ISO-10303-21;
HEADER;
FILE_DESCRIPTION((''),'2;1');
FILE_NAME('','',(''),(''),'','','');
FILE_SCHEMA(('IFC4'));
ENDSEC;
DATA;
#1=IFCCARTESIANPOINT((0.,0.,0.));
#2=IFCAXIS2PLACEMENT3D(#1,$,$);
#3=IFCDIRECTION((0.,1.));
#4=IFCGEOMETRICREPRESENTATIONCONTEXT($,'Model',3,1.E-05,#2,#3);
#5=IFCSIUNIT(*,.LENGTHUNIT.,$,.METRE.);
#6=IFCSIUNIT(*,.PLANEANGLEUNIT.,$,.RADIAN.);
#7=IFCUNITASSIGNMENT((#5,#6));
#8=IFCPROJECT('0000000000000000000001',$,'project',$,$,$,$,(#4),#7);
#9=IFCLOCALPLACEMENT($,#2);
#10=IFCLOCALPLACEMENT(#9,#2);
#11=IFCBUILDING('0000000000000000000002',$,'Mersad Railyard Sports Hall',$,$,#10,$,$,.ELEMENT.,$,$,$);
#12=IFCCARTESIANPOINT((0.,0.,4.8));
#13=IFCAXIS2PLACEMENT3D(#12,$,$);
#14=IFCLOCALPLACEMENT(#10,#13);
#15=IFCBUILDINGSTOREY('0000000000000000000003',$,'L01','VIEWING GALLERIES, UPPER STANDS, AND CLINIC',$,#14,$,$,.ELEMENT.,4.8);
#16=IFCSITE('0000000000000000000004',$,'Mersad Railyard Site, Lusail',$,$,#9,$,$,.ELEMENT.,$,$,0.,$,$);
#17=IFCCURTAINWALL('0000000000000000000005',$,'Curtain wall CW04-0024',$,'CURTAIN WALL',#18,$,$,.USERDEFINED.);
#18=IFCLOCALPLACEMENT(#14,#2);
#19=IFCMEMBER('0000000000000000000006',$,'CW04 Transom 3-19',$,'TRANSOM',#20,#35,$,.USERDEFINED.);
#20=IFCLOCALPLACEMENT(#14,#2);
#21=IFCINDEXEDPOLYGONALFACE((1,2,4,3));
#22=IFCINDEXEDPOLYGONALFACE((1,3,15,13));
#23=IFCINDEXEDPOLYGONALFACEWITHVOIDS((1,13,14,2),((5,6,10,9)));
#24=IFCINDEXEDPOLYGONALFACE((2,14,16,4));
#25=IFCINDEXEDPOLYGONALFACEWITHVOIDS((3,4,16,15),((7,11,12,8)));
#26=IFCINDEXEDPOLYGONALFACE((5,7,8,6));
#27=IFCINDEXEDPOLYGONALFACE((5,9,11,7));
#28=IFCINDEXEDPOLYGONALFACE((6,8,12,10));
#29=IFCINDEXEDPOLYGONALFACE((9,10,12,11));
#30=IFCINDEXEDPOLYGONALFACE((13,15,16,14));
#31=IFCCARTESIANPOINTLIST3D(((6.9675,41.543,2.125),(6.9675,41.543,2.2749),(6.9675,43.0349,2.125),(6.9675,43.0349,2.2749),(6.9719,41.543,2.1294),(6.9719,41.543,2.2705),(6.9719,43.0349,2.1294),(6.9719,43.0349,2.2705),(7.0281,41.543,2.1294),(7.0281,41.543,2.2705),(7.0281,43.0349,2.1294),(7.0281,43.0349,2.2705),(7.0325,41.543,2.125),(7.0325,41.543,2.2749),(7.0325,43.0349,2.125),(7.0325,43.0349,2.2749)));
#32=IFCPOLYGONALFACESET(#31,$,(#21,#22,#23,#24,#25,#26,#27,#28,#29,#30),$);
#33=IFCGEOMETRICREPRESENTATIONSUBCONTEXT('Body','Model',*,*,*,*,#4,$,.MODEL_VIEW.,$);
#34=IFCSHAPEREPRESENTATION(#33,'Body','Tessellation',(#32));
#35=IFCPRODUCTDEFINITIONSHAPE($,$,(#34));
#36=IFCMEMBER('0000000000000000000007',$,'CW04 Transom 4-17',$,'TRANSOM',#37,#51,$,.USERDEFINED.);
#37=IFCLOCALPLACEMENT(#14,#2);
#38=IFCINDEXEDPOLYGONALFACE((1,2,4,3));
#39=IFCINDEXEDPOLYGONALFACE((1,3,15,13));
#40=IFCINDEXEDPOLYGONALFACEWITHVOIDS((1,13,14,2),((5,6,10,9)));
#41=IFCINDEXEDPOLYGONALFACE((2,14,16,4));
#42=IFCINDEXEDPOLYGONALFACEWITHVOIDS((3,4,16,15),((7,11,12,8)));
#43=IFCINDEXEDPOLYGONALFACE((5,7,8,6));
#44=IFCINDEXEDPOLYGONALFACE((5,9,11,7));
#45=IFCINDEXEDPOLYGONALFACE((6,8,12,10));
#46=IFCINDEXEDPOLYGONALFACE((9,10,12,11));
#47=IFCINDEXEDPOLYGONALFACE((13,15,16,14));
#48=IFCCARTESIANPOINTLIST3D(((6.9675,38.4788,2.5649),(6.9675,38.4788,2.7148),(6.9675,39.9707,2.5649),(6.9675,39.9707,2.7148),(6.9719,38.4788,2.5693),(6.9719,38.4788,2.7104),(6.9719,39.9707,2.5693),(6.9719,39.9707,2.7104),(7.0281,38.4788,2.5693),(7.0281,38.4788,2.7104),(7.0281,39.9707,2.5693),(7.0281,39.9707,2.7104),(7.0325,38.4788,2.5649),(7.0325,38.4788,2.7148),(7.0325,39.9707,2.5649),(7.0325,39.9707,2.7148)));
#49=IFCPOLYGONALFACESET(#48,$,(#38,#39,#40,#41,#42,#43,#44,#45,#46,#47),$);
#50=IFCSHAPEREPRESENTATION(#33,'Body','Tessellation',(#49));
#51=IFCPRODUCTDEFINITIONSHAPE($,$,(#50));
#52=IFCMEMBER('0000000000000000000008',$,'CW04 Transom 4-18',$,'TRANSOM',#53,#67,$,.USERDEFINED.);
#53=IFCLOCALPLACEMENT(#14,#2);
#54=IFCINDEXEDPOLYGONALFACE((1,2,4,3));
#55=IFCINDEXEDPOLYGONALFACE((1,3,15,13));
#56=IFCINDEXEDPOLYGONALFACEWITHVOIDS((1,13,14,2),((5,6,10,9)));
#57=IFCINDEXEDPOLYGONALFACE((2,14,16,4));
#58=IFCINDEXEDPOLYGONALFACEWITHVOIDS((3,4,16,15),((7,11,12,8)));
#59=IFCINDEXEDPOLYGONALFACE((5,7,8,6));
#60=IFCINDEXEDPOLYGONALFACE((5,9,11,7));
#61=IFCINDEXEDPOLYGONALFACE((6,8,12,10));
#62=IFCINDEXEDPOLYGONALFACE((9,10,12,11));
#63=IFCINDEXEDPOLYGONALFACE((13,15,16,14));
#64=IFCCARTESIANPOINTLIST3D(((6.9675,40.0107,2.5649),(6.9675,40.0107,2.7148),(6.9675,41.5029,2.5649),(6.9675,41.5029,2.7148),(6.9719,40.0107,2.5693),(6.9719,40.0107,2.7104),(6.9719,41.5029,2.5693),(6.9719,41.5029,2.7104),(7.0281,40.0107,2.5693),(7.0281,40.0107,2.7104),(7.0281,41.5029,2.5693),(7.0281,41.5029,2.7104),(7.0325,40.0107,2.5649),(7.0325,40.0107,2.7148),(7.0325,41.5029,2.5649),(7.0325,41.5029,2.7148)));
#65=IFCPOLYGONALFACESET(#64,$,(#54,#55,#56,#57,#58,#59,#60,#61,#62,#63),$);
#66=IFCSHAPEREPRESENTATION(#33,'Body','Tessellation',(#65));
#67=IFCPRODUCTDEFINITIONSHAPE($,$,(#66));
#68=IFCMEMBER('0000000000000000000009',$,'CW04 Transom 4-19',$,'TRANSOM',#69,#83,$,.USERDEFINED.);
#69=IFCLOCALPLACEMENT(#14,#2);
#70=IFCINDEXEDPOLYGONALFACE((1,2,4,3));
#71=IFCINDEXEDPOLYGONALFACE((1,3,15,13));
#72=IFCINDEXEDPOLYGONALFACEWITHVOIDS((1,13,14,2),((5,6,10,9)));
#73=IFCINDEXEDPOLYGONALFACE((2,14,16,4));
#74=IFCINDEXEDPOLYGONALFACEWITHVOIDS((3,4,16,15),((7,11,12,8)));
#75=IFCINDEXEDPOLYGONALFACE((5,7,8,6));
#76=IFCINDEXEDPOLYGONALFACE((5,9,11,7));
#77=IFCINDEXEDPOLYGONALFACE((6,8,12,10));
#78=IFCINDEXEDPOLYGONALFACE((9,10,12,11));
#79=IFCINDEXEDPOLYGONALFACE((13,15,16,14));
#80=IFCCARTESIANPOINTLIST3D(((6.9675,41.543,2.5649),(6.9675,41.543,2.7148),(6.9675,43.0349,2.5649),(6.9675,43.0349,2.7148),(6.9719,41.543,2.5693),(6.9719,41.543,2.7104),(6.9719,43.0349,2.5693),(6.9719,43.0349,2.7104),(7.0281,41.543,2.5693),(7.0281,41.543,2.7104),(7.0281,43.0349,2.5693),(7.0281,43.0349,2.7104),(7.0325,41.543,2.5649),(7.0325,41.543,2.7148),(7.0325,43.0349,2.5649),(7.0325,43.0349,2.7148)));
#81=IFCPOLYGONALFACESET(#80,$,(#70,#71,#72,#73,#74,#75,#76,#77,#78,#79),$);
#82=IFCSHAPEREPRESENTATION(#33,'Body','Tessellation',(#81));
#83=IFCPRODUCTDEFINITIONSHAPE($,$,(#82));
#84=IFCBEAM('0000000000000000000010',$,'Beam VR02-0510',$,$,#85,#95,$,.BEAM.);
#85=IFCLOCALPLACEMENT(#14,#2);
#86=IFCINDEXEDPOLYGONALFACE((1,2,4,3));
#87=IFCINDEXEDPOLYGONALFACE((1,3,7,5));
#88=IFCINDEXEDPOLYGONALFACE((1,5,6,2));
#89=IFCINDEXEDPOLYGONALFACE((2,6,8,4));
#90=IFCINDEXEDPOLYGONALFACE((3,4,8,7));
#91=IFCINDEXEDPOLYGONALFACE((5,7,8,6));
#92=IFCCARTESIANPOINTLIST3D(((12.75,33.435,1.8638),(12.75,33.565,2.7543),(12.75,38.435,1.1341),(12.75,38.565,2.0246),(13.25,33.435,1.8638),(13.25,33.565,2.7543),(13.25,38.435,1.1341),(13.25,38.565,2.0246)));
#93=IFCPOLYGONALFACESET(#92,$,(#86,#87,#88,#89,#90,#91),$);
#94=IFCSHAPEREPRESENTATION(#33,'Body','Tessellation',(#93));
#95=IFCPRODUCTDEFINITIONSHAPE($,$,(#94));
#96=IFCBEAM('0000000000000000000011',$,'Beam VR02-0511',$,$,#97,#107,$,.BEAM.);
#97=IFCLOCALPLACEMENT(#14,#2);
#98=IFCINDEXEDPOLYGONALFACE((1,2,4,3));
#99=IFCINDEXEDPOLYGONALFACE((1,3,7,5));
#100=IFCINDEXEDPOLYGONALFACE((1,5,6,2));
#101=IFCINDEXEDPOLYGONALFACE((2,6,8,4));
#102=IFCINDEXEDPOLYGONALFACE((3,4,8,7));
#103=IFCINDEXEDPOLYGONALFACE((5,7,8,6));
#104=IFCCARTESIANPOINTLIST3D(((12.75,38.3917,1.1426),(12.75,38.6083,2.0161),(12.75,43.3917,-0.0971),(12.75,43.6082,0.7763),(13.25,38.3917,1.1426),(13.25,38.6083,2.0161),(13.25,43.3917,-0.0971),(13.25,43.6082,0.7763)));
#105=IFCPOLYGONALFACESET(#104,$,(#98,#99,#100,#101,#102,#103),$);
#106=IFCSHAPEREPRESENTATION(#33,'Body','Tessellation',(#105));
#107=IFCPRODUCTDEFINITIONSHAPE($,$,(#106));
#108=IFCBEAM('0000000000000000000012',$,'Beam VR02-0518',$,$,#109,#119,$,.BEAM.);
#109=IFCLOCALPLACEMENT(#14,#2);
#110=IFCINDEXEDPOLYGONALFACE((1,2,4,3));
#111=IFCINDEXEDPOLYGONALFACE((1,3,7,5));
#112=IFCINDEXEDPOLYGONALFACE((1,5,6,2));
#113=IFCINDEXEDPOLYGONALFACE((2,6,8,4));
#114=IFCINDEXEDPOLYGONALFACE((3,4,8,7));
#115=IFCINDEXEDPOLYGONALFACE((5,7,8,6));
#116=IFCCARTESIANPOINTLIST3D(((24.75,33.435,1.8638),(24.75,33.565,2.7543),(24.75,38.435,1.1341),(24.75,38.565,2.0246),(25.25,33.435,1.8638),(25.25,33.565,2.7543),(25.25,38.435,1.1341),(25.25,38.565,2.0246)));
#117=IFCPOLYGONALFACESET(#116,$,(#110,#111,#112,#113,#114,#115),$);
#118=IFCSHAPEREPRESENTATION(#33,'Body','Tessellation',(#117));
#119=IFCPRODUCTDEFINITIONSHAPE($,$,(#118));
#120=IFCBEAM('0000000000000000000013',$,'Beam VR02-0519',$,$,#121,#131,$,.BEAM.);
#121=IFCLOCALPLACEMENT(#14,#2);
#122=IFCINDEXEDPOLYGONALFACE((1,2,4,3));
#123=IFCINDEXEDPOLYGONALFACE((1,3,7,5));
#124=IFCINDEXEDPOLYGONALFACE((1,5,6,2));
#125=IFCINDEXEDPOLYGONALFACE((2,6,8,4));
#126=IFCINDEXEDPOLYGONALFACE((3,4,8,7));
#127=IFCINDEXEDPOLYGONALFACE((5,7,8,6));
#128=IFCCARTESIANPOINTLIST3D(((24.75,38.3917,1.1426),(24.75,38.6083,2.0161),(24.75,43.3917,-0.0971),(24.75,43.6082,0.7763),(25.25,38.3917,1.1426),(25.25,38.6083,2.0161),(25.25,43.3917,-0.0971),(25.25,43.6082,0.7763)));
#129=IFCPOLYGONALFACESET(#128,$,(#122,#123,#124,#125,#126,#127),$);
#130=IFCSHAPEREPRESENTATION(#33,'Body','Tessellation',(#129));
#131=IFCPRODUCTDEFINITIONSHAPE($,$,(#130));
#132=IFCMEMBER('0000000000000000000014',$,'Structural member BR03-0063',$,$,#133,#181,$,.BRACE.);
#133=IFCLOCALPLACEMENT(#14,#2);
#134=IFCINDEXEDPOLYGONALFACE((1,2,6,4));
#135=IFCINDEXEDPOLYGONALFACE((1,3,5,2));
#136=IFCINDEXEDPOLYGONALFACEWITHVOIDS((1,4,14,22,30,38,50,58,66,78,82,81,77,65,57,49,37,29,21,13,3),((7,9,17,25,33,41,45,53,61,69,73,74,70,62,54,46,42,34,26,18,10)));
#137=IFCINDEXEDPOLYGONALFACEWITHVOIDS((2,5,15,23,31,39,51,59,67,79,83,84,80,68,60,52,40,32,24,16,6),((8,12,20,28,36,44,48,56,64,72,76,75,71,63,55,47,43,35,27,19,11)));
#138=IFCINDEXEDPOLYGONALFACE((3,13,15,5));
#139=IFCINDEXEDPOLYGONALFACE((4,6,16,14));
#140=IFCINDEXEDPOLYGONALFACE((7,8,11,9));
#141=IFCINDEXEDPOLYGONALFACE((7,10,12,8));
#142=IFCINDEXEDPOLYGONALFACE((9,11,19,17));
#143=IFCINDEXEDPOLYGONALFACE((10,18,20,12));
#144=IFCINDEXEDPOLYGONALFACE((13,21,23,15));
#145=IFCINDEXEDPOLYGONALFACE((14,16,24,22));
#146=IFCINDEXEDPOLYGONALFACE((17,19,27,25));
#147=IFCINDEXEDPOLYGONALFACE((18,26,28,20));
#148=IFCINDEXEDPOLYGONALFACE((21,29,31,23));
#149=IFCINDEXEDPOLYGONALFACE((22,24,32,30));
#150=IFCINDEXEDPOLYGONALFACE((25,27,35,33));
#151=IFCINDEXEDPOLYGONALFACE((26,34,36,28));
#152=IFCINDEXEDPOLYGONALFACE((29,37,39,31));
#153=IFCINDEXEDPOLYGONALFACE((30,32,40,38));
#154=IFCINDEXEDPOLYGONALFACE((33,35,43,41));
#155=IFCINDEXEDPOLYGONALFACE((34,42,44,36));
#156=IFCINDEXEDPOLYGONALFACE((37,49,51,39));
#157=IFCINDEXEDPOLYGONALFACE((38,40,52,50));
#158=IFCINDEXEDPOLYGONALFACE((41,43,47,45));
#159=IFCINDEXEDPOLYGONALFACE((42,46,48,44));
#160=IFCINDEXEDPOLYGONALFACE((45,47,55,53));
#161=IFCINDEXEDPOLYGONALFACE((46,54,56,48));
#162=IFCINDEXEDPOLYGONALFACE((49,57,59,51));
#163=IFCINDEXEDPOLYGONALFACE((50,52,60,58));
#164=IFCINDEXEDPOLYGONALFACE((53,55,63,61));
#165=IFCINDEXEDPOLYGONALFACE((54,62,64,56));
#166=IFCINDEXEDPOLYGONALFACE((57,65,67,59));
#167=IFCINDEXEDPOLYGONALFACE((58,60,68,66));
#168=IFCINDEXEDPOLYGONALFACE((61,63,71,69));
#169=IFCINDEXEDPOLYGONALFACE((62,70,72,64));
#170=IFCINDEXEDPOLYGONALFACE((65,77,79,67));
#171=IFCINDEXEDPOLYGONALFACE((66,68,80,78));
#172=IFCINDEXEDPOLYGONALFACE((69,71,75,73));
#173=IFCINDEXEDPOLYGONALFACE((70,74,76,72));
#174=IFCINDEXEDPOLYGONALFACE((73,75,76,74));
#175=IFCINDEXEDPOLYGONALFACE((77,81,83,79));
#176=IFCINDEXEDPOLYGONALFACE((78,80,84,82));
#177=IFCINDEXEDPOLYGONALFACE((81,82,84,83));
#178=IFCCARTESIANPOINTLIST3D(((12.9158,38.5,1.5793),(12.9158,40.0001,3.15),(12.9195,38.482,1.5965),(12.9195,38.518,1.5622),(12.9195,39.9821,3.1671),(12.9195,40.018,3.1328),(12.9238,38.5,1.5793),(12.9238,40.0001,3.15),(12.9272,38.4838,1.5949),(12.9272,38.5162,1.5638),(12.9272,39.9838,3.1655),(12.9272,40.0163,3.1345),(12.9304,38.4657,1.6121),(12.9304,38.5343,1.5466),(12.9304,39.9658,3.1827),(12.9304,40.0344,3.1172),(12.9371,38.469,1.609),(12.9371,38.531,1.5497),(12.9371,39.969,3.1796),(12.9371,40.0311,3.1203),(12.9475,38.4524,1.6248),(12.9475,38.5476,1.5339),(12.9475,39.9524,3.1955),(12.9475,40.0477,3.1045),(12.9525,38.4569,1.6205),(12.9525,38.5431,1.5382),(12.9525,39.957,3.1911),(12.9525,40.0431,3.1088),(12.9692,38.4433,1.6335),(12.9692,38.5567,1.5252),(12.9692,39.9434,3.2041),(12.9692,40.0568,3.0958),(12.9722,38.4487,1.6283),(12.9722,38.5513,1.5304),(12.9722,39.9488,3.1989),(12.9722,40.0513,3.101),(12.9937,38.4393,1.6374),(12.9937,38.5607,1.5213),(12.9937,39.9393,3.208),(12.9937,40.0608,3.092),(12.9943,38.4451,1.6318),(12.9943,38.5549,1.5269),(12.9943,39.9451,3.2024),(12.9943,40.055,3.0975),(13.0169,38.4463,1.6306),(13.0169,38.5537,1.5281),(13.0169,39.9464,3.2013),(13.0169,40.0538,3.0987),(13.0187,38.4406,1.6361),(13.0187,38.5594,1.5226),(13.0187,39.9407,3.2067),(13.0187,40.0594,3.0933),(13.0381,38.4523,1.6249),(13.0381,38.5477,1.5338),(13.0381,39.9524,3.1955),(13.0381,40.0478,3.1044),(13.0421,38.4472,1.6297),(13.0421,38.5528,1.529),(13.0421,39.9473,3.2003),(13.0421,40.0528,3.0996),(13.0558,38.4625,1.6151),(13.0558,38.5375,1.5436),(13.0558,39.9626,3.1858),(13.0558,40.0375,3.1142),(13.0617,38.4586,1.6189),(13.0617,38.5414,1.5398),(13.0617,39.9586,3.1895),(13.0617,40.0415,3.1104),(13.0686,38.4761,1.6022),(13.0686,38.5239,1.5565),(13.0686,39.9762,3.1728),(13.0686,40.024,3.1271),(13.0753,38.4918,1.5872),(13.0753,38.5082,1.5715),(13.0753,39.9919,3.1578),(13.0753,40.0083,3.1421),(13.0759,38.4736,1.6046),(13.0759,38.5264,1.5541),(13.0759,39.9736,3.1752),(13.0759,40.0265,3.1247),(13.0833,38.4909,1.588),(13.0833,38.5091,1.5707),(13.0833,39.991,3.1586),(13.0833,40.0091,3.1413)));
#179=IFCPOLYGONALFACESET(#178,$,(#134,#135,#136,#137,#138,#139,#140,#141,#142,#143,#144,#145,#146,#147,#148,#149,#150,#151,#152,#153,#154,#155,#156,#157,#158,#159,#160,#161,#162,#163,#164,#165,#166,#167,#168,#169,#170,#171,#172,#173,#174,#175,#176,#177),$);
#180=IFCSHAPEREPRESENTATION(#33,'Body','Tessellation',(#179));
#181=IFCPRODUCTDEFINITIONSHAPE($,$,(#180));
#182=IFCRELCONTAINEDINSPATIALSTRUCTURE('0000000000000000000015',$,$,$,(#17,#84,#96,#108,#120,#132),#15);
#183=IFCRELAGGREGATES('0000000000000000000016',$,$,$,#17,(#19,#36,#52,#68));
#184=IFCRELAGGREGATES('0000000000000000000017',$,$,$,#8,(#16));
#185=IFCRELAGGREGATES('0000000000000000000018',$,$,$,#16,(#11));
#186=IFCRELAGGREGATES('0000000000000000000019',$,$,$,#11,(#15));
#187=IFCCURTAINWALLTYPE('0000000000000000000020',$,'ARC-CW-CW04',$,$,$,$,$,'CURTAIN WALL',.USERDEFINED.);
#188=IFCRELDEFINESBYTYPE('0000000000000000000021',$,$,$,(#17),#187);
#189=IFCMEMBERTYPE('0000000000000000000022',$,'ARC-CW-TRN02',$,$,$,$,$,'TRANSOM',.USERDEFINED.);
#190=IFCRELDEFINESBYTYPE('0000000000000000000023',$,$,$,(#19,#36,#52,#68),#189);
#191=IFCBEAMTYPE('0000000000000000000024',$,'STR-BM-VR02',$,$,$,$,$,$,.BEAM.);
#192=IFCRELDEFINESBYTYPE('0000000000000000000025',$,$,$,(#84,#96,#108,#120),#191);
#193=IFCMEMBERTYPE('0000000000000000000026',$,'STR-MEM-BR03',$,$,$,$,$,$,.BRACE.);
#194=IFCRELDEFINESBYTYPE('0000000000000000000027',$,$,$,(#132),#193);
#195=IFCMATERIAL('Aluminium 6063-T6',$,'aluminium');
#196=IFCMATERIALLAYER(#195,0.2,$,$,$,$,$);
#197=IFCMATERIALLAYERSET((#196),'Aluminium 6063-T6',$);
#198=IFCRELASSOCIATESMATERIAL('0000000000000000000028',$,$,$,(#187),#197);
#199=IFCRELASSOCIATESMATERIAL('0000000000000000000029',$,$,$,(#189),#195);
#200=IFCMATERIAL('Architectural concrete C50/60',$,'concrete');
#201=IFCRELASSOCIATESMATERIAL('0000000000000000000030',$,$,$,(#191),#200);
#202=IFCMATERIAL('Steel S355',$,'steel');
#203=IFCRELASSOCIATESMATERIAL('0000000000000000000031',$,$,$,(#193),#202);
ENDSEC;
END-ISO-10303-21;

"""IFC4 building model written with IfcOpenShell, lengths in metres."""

from ifc_helpers import new_model, si_unit, direction, frame, origin, origin_2d, place, context, subcontext, project, spatial, rectangle, hollow_rectangle, hollow_circle, extrude, material, layer, layer_set, material_profile, profile_set, type_object, element, aggregate, save


model = new_model("IFC4")

# Units and contexts
model_context = context("Model", 3, precision=1e-05, world=origin(), true_north=direction((0.0, 1.0)))
body_context = subcontext(model_context, "Body", "Model", "MODEL_VIEW")
ifc_project = project(units=[si_unit("LENGTHUNIT", "METRE"), si_unit("PLANEANGLEUNIT", "RADIAN")], contexts=[model_context])

# Site, building, storey
site_placement = place(None, origin())
site = spatial("IfcSite", under=ifc_project, at=site_placement, Name="Mersad Railyard Site, Lusail", CompositionType="ELEMENT", RefElevation=0.0)
building_placement = place(site_placement, origin())
building = spatial("IfcBuilding", under=site, at=building_placement, Name="Mersad Railyard Sports Hall", CompositionType="ELEMENT")
storey_placement = place(building_placement, frame((0.0, 0.0, 4.8)))
storey = spatial("IfcBuildingStorey", under=building, at=storey_placement, Name="L01", Description="VIEWING GALLERIES, UPPER STANDS, AND CLINIC", CompositionType="ELEMENT", Elevation=4.8)

# Curtain wall, members
ifc_material_1 = material(Name="Aluminium 6063-T6", Category="aluminium")
ifc_layer_1 = layer(ifc_material_1, 0.2)
ifc_layer_set_1 = layer_set([ifc_layer_1], Name="Aluminium 6063-T6")
curtain_wall_type = type_object("IfcCurtainWallType", Name="ARC-CW-CW04", ElementType="CURTAIN WALL", PredefinedType="USERDEFINED", material=ifc_layer_set_1)
curtain_wall_placement = place(storey_placement, origin())
curtain_wall = element("IfcCurtainWall", 1, at=curtain_wall_placement, inside=storey, type_object=curtain_wall_type, Name="Curtain wall CW04-0024", ObjectType="CURTAIN WALL", PredefinedType="USERDEFINED")
ifc_material_profile_1 = material_profile(ifc_material_1, hollow_rectangle(XDim=0.0649, YDim=0.1499, WallThickness=0.0044, at=origin_2d()), Name="AL TRANSOM 65x150x4.5")
ifc_profile_set_1 = profile_set([ifc_material_profile_1], Name="Aluminium 6063-T6")
member_type_1 = type_object("IfcMemberType", Name="ARC-CW-TRN02", ElementType="TRANSOM", PredefinedType="USERDEFINED", material=ifc_profile_set_1)
member_1_placement = place(storey_placement, frame((7.0, 41.543, 2.2), z_axis=(0.0, 1.0, 0.0), x_axis=(-1.0, 0.0, 0.0)))
member_1 = element("IfcMember", 2, at=member_1_placement, type_object=member_type_1, Name="CW04 Transom 3-19", ObjectType="TRANSOM", PredefinedType="USERDEFINED", context=body_context, shape_type="SweptSolid", body=[
    extrude(hollow_rectangle(XDim=0.0649, YDim=0.1499, WallThickness=0.0044, at=origin_2d()), origin(), (0.0, 0.0, 1.0), 1.4919),
])
member_2_placement = place(storey_placement, frame((7.0, 38.4788, 2.6399), z_axis=(0.0, 1.0, 0.0), x_axis=(-1.0, 0.0, 0.0)))
member_2 = element("IfcMember", 3, at=member_2_placement, type_object=member_type_1, Name="CW04 Transom 4-17", ObjectType="TRANSOM", PredefinedType="USERDEFINED", context=body_context, shape_type="SweptSolid", body=[
    extrude(hollow_rectangle(XDim=0.0649, YDim=0.1499, WallThickness=0.0044, at=origin_2d()), origin(), (0.0, 0.0, 1.0), 1.4919),
])
member_3_placement = place(storey_placement, frame((7.0, 40.0107, 2.6399), z_axis=(0.0, 1.0, 0.0), x_axis=(-1.0, 0.0, 0.0)))
member_3 = element("IfcMember", 4, at=member_3_placement, type_object=member_type_1, Name="CW04 Transom 4-18", ObjectType="TRANSOM", PredefinedType="USERDEFINED", context=body_context, shape_type="SweptSolid", body=[
    extrude(hollow_rectangle(XDim=0.0649, YDim=0.1499, WallThickness=0.0044, at=origin_2d()), origin(), (0.0, 0.0, 1.0), 1.4922),
])
member_4_placement = place(storey_placement, frame((7.0, 41.543, 2.6399), z_axis=(0.0, 1.0, 0.0), x_axis=(-1.0, 0.0, 0.0)))
member_4 = element("IfcMember", 5, at=member_4_placement, type_object=member_type_1, Name="CW04 Transom 4-19", ObjectType="TRANSOM", PredefinedType="USERDEFINED", context=body_context, shape_type="SweptSolid", body=[
    extrude(hollow_rectangle(XDim=0.0649, YDim=0.1499, WallThickness=0.0044, at=origin_2d()), origin(), (0.0, 0.0, 1.0), 1.4919),
])

# Beams
ifc_material_2 = material(Name="Architectural concrete C50/60", Category="concrete")
ifc_material_profile_2 = material_profile(ifc_material_2, rectangle(XDim=0.5, YDim=0.8999, at=origin_2d()), Name="VR 500x900")
ifc_profile_set_2 = profile_set([ifc_material_profile_2], Name="Architectural concrete C50/60")
beam_type = type_object("IfcBeamType", Name="STR-BM-VR02", PredefinedType="BEAM", material=ifc_profile_set_2)
beam_1_placement = place(storey_placement, frame((13.0, 33.5, 2.3091), z_axis=(0.0, 0.989517, -0.144417), x_axis=(-1.0, 0.0, 0.0)))
element("IfcBeam", 6, at=beam_1_placement, inside=storey, type_object=beam_type, Name="Beam VR02-0510", PredefinedType="BEAM", context=body_context, shape_type="SweptSolid", body=[
    extrude(rectangle(XDim=0.5, YDim=0.8999, at=origin_2d()), origin(), (0.0, 0.0, 1.0), 5.053),
])
beam_2_placement = place(storey_placement, frame((13.0, 38.5, 1.5793), z_axis=(0.0, 0.970609, -0.240662), x_axis=(-1.0, 0.0, 0.0)))
element("IfcBeam", 7, at=beam_2_placement, inside=storey, type_object=beam_type, Name="Beam VR02-0511", PredefinedType="BEAM", context=body_context, shape_type="SweptSolid", body=[
    extrude(rectangle(XDim=0.5, YDim=0.8999, at=origin_2d()), origin(), (0.0, 0.0, 1.0), 5.1514),
])
beam_3_placement = place(storey_placement, frame((25.0, 33.5, 2.3091), z_axis=(0.0, 0.989517, -0.144417), x_axis=(-1.0, 0.0, 0.0)))
element("IfcBeam", 8, at=beam_3_placement, inside=storey, type_object=beam_type, Name="Beam VR02-0518", PredefinedType="BEAM", context=body_context, shape_type="SweptSolid", body=[
    extrude(rectangle(XDim=0.5, YDim=0.8999, at=origin_2d()), origin(), (0.0, 0.0, 1.0), 5.053),
])
beam_4_placement = place(storey_placement, frame((25.0, 38.5, 1.5793), z_axis=(0.0, 0.970609, -0.240662), x_axis=(-1.0, 0.0, 0.0)))
element("IfcBeam", 9, at=beam_4_placement, inside=storey, type_object=beam_type, Name="Beam VR02-0519", PredefinedType="BEAM", context=body_context, shape_type="SweptSolid", body=[
    extrude(rectangle(XDim=0.5, YDim=0.8999, at=origin_2d()), origin(), (0.0, 0.0, 1.0), 5.1514),
])

# Member
ifc_material_3 = material(Name="Steel S355", Category="steel")
ifc_material_profile_3 = material_profile(ifc_material_3, hollow_circle(Radius=0.0842, WallThickness=0.0081, at=origin_2d()), Name="CHS 168.3x8")
ifc_profile_set_3 = profile_set([ifc_material_profile_3], Name="Steel S355")
member_type_2 = type_object("IfcMemberType", Name="STR-MEM-BR03", PredefinedType="BRACE", material=ifc_profile_set_3)
for number, where, z_axis, x_axis, name in (
    (10, (13.0, 38.5, 1.5793), (0.0, 0.690676, 0.723164), (-1.0, 0.0, 0.0), "Structural member BR03-0063"),
):
    element("IfcMember", number, at=place(storey_placement, frame(where, z_axis=z_axis, x_axis=x_axis)), inside=storey, type_object=member_type_2, Name=name, PredefinedType="BRACE", context=body_context, shape_type="SweptSolid", body=[
        extrude(hollow_circle(Radius=0.0842, WallThickness=0.0081, at=origin_2d()), origin(), (0.0, 0.0, 1.0), 2.1719),
    ])

aggregate(curtain_wall, [member_1, member_2, member_3, member_4])

save(model, "model.ifc")
